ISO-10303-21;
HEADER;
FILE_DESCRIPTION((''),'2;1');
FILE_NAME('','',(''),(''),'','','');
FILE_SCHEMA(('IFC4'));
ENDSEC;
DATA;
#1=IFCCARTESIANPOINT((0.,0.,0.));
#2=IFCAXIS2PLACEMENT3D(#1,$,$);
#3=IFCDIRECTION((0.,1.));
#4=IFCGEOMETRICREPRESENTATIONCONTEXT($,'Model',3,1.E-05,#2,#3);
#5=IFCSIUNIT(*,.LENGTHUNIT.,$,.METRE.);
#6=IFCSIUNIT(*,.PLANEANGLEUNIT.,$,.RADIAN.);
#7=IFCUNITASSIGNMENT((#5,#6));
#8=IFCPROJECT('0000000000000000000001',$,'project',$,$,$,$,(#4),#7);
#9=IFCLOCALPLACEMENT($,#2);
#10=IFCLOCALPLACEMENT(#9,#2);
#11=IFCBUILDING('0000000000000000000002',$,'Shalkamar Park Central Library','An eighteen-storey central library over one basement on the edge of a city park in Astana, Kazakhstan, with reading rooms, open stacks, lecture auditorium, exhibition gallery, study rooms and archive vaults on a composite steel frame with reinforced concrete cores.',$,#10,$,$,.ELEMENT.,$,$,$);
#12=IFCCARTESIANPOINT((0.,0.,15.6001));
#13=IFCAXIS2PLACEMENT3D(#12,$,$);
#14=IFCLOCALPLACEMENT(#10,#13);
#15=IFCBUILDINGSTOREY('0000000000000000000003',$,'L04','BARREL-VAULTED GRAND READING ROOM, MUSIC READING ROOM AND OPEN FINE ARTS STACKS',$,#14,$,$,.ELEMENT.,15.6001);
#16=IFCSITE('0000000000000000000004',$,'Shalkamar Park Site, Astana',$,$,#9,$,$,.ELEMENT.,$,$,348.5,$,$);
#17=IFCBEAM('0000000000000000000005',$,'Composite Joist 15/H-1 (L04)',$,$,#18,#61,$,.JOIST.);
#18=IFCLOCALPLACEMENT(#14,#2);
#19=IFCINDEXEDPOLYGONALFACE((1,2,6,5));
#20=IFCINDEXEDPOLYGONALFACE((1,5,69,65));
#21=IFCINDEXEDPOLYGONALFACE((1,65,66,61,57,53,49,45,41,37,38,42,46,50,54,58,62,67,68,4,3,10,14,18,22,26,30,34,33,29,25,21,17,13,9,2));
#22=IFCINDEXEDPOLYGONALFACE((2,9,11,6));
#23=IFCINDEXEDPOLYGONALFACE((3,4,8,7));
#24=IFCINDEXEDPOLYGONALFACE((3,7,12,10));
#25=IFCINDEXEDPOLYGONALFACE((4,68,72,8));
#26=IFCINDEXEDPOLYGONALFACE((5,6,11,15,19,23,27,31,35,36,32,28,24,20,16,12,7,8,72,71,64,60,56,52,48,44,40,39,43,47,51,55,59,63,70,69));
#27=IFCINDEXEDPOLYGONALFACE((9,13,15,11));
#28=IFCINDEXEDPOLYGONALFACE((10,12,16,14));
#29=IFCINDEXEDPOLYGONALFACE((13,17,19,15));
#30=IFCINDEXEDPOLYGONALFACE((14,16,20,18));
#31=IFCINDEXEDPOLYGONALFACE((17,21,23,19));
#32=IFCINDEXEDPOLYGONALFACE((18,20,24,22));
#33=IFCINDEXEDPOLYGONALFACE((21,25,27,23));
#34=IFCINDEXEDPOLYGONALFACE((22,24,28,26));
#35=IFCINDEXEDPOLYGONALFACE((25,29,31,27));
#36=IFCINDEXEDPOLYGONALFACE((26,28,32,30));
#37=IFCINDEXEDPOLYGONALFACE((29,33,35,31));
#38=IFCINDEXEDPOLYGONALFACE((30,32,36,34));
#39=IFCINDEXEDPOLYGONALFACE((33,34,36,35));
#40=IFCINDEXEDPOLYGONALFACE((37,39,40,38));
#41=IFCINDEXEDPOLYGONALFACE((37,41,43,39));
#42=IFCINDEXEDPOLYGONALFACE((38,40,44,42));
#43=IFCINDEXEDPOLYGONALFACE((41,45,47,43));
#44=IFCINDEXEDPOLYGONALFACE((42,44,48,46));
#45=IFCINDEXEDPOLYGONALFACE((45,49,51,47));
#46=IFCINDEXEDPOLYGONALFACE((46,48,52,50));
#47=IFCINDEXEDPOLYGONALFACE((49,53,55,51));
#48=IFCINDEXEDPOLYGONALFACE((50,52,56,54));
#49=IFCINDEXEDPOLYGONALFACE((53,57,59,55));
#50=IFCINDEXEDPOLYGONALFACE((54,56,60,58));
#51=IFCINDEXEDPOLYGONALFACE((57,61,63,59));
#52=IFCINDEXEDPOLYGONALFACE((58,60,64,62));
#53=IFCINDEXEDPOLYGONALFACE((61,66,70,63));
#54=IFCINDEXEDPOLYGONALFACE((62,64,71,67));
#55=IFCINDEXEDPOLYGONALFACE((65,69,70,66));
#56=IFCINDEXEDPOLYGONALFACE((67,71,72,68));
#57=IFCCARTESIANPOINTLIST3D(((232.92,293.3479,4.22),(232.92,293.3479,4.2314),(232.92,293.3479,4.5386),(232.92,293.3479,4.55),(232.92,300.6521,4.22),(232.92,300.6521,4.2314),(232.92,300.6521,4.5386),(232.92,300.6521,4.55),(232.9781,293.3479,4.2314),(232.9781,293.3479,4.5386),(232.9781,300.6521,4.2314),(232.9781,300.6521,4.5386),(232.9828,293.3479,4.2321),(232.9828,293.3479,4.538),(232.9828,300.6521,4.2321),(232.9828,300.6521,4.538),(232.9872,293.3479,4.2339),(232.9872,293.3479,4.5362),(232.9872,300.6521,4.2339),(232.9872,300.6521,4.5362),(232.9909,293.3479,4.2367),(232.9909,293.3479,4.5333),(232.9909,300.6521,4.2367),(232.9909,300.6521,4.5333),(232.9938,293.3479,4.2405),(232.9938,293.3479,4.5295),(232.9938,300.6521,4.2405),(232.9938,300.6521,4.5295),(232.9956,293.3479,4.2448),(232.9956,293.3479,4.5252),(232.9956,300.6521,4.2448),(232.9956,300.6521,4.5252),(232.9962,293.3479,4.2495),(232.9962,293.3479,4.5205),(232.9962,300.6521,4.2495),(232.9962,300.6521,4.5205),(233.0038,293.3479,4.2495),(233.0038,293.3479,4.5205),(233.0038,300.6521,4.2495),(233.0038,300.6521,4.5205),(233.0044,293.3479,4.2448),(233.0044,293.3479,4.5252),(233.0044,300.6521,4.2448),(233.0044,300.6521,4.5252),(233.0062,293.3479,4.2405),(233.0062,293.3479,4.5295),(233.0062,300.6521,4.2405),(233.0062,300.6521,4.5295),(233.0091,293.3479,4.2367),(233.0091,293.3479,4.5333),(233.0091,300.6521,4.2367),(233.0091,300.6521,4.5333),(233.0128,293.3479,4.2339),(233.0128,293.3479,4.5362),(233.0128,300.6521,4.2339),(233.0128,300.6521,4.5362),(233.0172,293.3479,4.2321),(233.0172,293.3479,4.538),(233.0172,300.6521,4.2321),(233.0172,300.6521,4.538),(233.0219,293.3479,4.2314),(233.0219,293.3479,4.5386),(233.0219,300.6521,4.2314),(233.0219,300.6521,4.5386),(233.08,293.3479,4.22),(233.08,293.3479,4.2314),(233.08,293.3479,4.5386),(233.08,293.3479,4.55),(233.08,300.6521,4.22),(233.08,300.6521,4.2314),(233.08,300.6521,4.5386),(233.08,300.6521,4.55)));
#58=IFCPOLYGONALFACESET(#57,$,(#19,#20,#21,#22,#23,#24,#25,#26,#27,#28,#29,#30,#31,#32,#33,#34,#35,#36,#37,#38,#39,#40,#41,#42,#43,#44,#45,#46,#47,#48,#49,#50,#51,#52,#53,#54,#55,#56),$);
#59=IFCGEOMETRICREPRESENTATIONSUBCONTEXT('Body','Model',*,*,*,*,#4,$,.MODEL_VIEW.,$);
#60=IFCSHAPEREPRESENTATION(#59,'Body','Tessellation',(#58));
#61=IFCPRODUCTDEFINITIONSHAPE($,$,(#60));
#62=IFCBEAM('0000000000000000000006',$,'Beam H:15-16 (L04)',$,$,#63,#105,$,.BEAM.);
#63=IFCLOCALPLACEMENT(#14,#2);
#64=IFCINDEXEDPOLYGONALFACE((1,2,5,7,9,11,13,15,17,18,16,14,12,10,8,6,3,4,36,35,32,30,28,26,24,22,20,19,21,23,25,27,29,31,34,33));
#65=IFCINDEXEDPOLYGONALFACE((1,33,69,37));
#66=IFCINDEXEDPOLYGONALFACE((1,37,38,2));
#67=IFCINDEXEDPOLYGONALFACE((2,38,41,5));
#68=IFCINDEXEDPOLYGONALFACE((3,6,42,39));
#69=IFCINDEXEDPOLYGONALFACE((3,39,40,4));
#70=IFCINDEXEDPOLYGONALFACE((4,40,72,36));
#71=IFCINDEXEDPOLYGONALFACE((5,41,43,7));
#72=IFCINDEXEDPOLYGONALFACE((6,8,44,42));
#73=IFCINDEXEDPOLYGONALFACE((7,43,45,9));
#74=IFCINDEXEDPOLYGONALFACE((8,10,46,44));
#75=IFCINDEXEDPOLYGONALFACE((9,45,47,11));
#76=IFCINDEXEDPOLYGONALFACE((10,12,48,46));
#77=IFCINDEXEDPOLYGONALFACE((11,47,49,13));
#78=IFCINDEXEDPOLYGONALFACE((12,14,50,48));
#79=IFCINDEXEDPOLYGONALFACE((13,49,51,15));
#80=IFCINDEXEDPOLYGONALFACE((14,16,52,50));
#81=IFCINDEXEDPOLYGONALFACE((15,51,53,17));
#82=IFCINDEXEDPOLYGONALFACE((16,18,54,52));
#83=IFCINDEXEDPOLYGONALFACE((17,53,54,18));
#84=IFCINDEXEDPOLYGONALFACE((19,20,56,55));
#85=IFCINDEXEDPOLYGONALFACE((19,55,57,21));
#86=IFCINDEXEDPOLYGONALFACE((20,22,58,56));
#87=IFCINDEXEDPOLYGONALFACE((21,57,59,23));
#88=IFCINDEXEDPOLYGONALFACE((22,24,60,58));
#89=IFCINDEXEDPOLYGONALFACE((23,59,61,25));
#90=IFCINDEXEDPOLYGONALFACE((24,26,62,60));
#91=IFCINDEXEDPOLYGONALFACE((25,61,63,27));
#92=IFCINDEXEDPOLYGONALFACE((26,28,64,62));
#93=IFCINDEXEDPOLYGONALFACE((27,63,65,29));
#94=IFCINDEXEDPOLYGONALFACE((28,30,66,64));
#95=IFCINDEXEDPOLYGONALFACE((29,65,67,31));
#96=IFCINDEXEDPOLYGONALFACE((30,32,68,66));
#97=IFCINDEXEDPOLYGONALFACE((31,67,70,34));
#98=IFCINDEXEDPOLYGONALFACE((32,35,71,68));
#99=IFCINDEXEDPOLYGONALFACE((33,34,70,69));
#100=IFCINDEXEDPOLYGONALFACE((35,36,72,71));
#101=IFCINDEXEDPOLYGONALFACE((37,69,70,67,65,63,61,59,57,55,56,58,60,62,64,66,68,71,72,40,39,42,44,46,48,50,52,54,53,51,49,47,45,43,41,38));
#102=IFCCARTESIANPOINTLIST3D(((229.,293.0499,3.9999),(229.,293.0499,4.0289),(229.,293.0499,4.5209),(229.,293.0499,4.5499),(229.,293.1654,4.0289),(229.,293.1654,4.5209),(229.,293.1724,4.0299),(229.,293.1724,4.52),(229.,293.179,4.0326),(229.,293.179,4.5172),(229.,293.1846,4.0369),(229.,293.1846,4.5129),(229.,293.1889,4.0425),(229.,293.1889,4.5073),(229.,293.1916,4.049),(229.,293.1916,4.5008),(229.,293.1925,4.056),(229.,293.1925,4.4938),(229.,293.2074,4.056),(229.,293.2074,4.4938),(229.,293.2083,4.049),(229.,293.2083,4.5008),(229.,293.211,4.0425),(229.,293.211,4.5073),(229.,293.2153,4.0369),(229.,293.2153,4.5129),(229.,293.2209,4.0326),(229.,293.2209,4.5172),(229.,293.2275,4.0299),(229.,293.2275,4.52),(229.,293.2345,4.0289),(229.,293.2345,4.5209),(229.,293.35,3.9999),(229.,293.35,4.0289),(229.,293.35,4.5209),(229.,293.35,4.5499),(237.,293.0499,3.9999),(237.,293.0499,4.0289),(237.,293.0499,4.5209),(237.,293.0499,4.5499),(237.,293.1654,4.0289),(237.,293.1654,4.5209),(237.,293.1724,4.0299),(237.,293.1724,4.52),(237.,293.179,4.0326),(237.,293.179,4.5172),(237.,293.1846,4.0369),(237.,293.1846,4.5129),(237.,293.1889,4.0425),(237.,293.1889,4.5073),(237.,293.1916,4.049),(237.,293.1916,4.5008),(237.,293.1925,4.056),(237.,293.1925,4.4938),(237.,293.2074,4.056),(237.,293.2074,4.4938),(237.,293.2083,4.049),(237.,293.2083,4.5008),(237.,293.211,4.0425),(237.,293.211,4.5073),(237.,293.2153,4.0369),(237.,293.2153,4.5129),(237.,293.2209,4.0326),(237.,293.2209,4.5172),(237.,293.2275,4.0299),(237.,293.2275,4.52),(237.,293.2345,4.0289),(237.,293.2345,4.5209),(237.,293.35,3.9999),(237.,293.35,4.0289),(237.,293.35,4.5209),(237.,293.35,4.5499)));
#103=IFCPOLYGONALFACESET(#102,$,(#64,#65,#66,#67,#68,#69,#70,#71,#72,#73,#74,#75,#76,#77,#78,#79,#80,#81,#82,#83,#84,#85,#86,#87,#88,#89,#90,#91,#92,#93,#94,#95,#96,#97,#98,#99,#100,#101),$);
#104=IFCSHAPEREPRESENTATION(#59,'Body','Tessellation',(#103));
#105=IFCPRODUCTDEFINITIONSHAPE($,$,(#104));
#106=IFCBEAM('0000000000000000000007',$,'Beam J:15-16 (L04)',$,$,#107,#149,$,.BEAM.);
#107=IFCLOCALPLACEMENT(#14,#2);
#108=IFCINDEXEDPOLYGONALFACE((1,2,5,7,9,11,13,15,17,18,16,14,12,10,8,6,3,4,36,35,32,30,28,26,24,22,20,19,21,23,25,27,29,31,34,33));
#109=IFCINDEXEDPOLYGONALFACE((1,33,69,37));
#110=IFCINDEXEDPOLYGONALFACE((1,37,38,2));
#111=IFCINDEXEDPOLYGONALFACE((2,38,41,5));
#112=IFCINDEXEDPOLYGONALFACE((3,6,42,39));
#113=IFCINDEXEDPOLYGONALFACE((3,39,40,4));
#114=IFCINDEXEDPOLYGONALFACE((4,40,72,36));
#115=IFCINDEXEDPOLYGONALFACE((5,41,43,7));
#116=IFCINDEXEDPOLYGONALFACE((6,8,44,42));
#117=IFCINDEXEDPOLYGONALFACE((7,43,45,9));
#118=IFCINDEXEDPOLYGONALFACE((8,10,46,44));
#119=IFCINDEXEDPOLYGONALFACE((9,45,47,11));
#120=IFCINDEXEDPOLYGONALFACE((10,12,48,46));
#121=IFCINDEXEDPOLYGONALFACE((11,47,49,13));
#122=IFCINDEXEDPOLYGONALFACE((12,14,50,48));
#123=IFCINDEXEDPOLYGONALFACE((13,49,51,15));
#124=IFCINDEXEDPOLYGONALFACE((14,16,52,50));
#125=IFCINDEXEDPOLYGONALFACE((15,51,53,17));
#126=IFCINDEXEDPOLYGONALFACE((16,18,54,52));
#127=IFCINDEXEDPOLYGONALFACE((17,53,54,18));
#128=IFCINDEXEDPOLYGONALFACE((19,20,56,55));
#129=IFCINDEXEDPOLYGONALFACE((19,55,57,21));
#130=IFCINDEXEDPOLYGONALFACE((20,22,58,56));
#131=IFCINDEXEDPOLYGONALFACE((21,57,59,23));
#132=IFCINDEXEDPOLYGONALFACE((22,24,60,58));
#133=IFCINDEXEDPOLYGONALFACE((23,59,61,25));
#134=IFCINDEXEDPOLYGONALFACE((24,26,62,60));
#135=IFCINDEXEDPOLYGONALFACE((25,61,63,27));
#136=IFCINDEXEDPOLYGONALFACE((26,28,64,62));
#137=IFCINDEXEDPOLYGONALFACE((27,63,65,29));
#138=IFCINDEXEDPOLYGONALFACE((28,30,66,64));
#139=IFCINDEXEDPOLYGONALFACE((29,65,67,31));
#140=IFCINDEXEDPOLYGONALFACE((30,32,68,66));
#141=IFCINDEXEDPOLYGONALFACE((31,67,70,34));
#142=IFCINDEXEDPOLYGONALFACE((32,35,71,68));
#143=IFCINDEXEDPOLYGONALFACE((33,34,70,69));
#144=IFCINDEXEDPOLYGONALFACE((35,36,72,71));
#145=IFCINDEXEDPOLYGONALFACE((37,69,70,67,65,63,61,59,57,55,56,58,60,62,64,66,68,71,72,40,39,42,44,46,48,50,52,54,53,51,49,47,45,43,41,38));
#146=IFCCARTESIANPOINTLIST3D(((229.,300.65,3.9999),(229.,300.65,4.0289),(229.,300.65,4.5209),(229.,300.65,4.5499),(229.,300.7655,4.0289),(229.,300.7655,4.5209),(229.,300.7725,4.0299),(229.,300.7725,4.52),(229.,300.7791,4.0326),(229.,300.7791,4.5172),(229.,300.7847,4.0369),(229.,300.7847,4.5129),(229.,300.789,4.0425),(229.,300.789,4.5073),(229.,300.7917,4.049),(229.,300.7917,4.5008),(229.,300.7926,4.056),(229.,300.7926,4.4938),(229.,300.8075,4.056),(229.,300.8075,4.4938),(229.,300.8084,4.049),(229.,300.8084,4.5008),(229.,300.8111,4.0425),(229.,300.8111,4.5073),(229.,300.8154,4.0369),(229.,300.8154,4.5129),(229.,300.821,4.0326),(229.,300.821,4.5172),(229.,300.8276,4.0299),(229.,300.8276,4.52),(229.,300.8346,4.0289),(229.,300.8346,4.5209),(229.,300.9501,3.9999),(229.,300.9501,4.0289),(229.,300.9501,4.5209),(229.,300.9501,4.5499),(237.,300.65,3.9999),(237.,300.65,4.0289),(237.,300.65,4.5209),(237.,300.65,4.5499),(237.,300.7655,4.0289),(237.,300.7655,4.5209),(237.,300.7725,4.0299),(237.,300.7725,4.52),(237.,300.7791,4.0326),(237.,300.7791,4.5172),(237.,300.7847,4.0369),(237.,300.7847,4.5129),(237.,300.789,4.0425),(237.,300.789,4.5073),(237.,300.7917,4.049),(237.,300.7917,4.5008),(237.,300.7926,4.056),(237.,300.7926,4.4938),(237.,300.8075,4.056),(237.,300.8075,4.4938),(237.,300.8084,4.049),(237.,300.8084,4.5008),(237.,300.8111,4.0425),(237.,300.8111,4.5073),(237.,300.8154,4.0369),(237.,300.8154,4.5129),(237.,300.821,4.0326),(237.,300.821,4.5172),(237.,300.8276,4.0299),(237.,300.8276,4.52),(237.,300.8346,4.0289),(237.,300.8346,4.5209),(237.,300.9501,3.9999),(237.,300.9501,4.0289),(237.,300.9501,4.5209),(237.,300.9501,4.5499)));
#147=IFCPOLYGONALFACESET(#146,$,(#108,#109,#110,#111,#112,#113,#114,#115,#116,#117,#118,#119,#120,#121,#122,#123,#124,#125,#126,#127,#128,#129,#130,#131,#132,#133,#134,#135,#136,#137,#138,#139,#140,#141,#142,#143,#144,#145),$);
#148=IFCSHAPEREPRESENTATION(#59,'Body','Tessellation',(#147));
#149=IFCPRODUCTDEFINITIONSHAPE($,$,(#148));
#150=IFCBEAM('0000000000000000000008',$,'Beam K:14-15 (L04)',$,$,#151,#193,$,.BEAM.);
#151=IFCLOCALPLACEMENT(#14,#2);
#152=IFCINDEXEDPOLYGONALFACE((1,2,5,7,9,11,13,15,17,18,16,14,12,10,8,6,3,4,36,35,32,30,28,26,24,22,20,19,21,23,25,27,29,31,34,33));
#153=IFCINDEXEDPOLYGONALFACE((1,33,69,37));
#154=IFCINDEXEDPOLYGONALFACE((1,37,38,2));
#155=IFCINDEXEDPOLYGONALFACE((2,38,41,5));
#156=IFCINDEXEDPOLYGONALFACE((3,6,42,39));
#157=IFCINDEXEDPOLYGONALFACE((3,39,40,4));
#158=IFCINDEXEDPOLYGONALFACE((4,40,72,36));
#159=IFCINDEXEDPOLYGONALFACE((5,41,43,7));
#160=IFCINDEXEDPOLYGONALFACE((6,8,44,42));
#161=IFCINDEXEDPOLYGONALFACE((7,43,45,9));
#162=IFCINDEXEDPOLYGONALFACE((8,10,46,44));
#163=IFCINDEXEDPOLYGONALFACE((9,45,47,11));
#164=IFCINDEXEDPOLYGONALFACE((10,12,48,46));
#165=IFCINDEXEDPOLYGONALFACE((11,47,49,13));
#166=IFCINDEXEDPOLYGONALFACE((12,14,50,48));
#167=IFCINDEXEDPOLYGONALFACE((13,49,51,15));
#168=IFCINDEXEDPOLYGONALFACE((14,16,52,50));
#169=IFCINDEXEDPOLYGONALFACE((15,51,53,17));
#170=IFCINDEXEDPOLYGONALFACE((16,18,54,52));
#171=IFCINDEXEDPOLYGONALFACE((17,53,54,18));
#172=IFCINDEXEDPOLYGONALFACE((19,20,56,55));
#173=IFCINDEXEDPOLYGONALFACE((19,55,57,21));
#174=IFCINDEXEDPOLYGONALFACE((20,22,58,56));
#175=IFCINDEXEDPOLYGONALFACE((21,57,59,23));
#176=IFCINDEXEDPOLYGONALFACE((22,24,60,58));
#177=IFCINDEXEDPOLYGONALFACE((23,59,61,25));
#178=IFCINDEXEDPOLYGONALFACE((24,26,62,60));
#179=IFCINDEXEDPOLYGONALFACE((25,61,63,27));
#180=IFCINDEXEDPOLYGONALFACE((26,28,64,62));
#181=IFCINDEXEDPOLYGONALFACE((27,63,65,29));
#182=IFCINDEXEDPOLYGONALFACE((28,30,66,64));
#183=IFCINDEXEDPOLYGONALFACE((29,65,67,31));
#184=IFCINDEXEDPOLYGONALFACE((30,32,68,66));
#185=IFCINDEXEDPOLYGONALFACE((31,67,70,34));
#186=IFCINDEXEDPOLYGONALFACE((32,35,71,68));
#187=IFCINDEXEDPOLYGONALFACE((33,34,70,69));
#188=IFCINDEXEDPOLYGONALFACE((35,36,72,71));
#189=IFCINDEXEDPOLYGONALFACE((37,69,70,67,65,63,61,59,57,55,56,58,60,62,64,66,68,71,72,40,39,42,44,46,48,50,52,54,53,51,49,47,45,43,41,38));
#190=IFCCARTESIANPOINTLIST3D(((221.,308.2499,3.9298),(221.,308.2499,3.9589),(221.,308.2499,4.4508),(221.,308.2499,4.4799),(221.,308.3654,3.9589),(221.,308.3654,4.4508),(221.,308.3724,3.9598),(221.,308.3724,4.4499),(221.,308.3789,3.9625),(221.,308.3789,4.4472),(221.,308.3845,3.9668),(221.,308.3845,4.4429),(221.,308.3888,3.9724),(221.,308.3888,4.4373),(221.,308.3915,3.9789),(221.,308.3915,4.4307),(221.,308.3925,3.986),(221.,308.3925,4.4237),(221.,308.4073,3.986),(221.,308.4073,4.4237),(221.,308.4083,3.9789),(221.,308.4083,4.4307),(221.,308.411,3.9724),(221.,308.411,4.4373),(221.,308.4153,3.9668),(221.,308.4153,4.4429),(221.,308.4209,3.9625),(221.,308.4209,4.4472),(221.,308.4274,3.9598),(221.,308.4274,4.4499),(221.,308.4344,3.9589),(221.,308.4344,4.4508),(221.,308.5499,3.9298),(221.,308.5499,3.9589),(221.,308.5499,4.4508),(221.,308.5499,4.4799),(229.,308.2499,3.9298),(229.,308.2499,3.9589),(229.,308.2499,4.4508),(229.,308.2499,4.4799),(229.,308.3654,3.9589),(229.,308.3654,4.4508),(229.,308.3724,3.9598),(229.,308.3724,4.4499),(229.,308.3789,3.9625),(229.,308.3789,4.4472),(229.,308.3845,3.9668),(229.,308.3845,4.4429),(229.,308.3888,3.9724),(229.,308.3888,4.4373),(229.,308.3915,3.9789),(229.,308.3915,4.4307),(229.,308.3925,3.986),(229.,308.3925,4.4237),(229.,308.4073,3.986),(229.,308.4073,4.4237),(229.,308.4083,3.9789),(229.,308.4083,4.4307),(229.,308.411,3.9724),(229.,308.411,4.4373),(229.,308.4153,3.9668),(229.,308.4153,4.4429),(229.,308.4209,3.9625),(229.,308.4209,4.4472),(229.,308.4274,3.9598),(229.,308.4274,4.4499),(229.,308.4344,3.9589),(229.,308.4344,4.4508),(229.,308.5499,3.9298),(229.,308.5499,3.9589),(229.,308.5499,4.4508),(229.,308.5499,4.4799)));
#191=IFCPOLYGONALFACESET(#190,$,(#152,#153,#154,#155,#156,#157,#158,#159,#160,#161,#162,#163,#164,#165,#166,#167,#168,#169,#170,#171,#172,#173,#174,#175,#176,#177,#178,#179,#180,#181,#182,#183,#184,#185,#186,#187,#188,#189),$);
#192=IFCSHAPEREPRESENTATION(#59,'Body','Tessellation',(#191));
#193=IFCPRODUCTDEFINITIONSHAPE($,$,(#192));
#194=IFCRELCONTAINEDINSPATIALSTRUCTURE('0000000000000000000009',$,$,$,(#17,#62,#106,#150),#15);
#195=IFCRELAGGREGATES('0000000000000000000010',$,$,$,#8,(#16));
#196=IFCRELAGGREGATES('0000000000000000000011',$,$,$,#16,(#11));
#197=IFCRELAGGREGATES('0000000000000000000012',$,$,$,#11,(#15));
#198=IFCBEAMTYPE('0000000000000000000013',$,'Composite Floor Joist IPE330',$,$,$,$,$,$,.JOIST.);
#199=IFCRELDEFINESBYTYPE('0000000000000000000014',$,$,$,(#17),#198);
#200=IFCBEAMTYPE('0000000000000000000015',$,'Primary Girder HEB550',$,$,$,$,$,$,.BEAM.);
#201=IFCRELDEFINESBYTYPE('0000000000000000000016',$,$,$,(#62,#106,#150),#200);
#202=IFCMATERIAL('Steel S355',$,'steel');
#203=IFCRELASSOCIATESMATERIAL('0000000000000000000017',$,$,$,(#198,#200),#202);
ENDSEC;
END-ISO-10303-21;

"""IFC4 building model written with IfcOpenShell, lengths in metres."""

from ifc_helpers import new_model, si_unit, direction, frame, origin, origin_2d, place, context, subcontext, project, spatial, i_section, extrude, material, material_profile, profile_set, type_object, element, save


model = new_model("IFC4")

# Units and contexts
model_context = context("Model", 3, precision=1e-05, world=origin(), true_north=direction((0.0, 1.0)))
body_context = subcontext(model_context, "Body", "Model", "MODEL_VIEW")
ifc_project = project(units=[si_unit("LENGTHUNIT", "METRE"), si_unit("PLANEANGLEUNIT", "RADIAN")], contexts=[model_context])

# Site, building, storey
site_placement = place(None, origin())
site = spatial("IfcSite", under=ifc_project, at=site_placement, Name="Shalkamar Park Site, Astana", CompositionType="ELEMENT", RefElevation=348.5)
building_placement = place(site_placement, origin())
building = spatial("IfcBuilding", under=site, at=building_placement, Name="Shalkamar Park Central Library", Description="An eighteen-storey central library over one basement on the edge of a city park in Astana, Kazakhstan, with reading rooms, open stacks, lecture auditorium, exhibition gallery, study rooms and archive vaults on a composite steel frame with reinforced concrete cores.", CompositionType="ELEMENT")
storey_placement = place(building_placement, frame((0.0, 0.0, 15.6001)))
storey = spatial("IfcBuildingStorey", under=building, at=storey_placement, Name="L04", Description="BARREL-VAULTED GRAND READING ROOM, MUSIC READING ROOM AND OPEN FINE ARTS STACKS", CompositionType="ELEMENT", Elevation=15.6001)

# Shared definitions
ifc_material = material(Name="Steel S355", Category="steel")

# Beams
ifc_material_profile_1 = material_profile(ifc_material, i_section(OverallWidth=0.1599, OverallDepth=0.3301, WebThickness=0.0076, FlangeThickness=0.0115, FilletRadius=0.0181, at=origin_2d()), Name="IPE 330")
ifc_profile_set_1 = profile_set([ifc_material_profile_1], Name="Steel S355")
beam_type_1 = type_object("IfcBeamType", Name="Composite Floor Joist IPE330", PredefinedType="JOIST", material=ifc_profile_set_1)
beam_1_placement = place(storey_placement, frame((233.0, 293.3479, 4.385), z_axis=(0.0, 1.0, 0.0), x_axis=(-1.0, 0.0, 0.0)))
element("IfcBeam", 1, at=beam_1_placement, inside=storey, type_object=beam_type_1, Name="Composite Joist 15/H-1 (L04)", PredefinedType="JOIST", context=body_context, shape_type="SweptSolid", body=[
    extrude(i_section(OverallWidth=0.1599, OverallDepth=0.3301, WebThickness=0.0076, FlangeThickness=0.0115, FilletRadius=0.0181, at=origin_2d()), origin(), (0.0, 0.0, 1.0), 7.3042),
])
ifc_material_profile_2 = material_profile(ifc_material, i_section(OverallWidth=0.3, OverallDepth=0.55, WebThickness=0.0149, FlangeThickness=0.0291, FilletRadius=0.0271, at=origin_2d()), Name="HEB 550")
ifc_profile_set_2 = profile_set([ifc_material_profile_2], Name="Steel S355")
beam_type_2 = type_object("IfcBeamType", Name="Primary Girder HEB550", PredefinedType="BEAM", material=ifc_profile_set_2)
for number, where, z_axis, x_axis, name in (
    (2, (229.0, 293.2, 4.2749), (1.0, 0.0, 0.0), (0.0, 1.0, 0.0), "Beam H:15-16 (L04)"),
    (3, (229.0, 300.8, 4.2749), (1.0, 0.0, 0.0), (0.0, 1.0, 0.0), "Beam J:15-16 (L04)"),
    (4, (221.0, 308.3999, 4.2048), (1.0, 0.0, 0.0), (0.0, 1.0, 0.0), "Beam K:14-15 (L04)"),
):
    element("IfcBeam", number, at=place(storey_placement, frame(where, z_axis=z_axis, x_axis=x_axis)), inside=storey, type_object=beam_type_2, Name=name, PredefinedType="BEAM", context=body_context, shape_type="SweptSolid", body=[
        extrude(i_section(OverallWidth=0.3, OverallDepth=0.55, WebThickness=0.0149, FlangeThickness=0.0291, FilletRadius=0.0271, at=origin_2d()), origin(), (0.0, 0.0, 1.0), 8.0),
    ])

save(model, "model.ifc")
